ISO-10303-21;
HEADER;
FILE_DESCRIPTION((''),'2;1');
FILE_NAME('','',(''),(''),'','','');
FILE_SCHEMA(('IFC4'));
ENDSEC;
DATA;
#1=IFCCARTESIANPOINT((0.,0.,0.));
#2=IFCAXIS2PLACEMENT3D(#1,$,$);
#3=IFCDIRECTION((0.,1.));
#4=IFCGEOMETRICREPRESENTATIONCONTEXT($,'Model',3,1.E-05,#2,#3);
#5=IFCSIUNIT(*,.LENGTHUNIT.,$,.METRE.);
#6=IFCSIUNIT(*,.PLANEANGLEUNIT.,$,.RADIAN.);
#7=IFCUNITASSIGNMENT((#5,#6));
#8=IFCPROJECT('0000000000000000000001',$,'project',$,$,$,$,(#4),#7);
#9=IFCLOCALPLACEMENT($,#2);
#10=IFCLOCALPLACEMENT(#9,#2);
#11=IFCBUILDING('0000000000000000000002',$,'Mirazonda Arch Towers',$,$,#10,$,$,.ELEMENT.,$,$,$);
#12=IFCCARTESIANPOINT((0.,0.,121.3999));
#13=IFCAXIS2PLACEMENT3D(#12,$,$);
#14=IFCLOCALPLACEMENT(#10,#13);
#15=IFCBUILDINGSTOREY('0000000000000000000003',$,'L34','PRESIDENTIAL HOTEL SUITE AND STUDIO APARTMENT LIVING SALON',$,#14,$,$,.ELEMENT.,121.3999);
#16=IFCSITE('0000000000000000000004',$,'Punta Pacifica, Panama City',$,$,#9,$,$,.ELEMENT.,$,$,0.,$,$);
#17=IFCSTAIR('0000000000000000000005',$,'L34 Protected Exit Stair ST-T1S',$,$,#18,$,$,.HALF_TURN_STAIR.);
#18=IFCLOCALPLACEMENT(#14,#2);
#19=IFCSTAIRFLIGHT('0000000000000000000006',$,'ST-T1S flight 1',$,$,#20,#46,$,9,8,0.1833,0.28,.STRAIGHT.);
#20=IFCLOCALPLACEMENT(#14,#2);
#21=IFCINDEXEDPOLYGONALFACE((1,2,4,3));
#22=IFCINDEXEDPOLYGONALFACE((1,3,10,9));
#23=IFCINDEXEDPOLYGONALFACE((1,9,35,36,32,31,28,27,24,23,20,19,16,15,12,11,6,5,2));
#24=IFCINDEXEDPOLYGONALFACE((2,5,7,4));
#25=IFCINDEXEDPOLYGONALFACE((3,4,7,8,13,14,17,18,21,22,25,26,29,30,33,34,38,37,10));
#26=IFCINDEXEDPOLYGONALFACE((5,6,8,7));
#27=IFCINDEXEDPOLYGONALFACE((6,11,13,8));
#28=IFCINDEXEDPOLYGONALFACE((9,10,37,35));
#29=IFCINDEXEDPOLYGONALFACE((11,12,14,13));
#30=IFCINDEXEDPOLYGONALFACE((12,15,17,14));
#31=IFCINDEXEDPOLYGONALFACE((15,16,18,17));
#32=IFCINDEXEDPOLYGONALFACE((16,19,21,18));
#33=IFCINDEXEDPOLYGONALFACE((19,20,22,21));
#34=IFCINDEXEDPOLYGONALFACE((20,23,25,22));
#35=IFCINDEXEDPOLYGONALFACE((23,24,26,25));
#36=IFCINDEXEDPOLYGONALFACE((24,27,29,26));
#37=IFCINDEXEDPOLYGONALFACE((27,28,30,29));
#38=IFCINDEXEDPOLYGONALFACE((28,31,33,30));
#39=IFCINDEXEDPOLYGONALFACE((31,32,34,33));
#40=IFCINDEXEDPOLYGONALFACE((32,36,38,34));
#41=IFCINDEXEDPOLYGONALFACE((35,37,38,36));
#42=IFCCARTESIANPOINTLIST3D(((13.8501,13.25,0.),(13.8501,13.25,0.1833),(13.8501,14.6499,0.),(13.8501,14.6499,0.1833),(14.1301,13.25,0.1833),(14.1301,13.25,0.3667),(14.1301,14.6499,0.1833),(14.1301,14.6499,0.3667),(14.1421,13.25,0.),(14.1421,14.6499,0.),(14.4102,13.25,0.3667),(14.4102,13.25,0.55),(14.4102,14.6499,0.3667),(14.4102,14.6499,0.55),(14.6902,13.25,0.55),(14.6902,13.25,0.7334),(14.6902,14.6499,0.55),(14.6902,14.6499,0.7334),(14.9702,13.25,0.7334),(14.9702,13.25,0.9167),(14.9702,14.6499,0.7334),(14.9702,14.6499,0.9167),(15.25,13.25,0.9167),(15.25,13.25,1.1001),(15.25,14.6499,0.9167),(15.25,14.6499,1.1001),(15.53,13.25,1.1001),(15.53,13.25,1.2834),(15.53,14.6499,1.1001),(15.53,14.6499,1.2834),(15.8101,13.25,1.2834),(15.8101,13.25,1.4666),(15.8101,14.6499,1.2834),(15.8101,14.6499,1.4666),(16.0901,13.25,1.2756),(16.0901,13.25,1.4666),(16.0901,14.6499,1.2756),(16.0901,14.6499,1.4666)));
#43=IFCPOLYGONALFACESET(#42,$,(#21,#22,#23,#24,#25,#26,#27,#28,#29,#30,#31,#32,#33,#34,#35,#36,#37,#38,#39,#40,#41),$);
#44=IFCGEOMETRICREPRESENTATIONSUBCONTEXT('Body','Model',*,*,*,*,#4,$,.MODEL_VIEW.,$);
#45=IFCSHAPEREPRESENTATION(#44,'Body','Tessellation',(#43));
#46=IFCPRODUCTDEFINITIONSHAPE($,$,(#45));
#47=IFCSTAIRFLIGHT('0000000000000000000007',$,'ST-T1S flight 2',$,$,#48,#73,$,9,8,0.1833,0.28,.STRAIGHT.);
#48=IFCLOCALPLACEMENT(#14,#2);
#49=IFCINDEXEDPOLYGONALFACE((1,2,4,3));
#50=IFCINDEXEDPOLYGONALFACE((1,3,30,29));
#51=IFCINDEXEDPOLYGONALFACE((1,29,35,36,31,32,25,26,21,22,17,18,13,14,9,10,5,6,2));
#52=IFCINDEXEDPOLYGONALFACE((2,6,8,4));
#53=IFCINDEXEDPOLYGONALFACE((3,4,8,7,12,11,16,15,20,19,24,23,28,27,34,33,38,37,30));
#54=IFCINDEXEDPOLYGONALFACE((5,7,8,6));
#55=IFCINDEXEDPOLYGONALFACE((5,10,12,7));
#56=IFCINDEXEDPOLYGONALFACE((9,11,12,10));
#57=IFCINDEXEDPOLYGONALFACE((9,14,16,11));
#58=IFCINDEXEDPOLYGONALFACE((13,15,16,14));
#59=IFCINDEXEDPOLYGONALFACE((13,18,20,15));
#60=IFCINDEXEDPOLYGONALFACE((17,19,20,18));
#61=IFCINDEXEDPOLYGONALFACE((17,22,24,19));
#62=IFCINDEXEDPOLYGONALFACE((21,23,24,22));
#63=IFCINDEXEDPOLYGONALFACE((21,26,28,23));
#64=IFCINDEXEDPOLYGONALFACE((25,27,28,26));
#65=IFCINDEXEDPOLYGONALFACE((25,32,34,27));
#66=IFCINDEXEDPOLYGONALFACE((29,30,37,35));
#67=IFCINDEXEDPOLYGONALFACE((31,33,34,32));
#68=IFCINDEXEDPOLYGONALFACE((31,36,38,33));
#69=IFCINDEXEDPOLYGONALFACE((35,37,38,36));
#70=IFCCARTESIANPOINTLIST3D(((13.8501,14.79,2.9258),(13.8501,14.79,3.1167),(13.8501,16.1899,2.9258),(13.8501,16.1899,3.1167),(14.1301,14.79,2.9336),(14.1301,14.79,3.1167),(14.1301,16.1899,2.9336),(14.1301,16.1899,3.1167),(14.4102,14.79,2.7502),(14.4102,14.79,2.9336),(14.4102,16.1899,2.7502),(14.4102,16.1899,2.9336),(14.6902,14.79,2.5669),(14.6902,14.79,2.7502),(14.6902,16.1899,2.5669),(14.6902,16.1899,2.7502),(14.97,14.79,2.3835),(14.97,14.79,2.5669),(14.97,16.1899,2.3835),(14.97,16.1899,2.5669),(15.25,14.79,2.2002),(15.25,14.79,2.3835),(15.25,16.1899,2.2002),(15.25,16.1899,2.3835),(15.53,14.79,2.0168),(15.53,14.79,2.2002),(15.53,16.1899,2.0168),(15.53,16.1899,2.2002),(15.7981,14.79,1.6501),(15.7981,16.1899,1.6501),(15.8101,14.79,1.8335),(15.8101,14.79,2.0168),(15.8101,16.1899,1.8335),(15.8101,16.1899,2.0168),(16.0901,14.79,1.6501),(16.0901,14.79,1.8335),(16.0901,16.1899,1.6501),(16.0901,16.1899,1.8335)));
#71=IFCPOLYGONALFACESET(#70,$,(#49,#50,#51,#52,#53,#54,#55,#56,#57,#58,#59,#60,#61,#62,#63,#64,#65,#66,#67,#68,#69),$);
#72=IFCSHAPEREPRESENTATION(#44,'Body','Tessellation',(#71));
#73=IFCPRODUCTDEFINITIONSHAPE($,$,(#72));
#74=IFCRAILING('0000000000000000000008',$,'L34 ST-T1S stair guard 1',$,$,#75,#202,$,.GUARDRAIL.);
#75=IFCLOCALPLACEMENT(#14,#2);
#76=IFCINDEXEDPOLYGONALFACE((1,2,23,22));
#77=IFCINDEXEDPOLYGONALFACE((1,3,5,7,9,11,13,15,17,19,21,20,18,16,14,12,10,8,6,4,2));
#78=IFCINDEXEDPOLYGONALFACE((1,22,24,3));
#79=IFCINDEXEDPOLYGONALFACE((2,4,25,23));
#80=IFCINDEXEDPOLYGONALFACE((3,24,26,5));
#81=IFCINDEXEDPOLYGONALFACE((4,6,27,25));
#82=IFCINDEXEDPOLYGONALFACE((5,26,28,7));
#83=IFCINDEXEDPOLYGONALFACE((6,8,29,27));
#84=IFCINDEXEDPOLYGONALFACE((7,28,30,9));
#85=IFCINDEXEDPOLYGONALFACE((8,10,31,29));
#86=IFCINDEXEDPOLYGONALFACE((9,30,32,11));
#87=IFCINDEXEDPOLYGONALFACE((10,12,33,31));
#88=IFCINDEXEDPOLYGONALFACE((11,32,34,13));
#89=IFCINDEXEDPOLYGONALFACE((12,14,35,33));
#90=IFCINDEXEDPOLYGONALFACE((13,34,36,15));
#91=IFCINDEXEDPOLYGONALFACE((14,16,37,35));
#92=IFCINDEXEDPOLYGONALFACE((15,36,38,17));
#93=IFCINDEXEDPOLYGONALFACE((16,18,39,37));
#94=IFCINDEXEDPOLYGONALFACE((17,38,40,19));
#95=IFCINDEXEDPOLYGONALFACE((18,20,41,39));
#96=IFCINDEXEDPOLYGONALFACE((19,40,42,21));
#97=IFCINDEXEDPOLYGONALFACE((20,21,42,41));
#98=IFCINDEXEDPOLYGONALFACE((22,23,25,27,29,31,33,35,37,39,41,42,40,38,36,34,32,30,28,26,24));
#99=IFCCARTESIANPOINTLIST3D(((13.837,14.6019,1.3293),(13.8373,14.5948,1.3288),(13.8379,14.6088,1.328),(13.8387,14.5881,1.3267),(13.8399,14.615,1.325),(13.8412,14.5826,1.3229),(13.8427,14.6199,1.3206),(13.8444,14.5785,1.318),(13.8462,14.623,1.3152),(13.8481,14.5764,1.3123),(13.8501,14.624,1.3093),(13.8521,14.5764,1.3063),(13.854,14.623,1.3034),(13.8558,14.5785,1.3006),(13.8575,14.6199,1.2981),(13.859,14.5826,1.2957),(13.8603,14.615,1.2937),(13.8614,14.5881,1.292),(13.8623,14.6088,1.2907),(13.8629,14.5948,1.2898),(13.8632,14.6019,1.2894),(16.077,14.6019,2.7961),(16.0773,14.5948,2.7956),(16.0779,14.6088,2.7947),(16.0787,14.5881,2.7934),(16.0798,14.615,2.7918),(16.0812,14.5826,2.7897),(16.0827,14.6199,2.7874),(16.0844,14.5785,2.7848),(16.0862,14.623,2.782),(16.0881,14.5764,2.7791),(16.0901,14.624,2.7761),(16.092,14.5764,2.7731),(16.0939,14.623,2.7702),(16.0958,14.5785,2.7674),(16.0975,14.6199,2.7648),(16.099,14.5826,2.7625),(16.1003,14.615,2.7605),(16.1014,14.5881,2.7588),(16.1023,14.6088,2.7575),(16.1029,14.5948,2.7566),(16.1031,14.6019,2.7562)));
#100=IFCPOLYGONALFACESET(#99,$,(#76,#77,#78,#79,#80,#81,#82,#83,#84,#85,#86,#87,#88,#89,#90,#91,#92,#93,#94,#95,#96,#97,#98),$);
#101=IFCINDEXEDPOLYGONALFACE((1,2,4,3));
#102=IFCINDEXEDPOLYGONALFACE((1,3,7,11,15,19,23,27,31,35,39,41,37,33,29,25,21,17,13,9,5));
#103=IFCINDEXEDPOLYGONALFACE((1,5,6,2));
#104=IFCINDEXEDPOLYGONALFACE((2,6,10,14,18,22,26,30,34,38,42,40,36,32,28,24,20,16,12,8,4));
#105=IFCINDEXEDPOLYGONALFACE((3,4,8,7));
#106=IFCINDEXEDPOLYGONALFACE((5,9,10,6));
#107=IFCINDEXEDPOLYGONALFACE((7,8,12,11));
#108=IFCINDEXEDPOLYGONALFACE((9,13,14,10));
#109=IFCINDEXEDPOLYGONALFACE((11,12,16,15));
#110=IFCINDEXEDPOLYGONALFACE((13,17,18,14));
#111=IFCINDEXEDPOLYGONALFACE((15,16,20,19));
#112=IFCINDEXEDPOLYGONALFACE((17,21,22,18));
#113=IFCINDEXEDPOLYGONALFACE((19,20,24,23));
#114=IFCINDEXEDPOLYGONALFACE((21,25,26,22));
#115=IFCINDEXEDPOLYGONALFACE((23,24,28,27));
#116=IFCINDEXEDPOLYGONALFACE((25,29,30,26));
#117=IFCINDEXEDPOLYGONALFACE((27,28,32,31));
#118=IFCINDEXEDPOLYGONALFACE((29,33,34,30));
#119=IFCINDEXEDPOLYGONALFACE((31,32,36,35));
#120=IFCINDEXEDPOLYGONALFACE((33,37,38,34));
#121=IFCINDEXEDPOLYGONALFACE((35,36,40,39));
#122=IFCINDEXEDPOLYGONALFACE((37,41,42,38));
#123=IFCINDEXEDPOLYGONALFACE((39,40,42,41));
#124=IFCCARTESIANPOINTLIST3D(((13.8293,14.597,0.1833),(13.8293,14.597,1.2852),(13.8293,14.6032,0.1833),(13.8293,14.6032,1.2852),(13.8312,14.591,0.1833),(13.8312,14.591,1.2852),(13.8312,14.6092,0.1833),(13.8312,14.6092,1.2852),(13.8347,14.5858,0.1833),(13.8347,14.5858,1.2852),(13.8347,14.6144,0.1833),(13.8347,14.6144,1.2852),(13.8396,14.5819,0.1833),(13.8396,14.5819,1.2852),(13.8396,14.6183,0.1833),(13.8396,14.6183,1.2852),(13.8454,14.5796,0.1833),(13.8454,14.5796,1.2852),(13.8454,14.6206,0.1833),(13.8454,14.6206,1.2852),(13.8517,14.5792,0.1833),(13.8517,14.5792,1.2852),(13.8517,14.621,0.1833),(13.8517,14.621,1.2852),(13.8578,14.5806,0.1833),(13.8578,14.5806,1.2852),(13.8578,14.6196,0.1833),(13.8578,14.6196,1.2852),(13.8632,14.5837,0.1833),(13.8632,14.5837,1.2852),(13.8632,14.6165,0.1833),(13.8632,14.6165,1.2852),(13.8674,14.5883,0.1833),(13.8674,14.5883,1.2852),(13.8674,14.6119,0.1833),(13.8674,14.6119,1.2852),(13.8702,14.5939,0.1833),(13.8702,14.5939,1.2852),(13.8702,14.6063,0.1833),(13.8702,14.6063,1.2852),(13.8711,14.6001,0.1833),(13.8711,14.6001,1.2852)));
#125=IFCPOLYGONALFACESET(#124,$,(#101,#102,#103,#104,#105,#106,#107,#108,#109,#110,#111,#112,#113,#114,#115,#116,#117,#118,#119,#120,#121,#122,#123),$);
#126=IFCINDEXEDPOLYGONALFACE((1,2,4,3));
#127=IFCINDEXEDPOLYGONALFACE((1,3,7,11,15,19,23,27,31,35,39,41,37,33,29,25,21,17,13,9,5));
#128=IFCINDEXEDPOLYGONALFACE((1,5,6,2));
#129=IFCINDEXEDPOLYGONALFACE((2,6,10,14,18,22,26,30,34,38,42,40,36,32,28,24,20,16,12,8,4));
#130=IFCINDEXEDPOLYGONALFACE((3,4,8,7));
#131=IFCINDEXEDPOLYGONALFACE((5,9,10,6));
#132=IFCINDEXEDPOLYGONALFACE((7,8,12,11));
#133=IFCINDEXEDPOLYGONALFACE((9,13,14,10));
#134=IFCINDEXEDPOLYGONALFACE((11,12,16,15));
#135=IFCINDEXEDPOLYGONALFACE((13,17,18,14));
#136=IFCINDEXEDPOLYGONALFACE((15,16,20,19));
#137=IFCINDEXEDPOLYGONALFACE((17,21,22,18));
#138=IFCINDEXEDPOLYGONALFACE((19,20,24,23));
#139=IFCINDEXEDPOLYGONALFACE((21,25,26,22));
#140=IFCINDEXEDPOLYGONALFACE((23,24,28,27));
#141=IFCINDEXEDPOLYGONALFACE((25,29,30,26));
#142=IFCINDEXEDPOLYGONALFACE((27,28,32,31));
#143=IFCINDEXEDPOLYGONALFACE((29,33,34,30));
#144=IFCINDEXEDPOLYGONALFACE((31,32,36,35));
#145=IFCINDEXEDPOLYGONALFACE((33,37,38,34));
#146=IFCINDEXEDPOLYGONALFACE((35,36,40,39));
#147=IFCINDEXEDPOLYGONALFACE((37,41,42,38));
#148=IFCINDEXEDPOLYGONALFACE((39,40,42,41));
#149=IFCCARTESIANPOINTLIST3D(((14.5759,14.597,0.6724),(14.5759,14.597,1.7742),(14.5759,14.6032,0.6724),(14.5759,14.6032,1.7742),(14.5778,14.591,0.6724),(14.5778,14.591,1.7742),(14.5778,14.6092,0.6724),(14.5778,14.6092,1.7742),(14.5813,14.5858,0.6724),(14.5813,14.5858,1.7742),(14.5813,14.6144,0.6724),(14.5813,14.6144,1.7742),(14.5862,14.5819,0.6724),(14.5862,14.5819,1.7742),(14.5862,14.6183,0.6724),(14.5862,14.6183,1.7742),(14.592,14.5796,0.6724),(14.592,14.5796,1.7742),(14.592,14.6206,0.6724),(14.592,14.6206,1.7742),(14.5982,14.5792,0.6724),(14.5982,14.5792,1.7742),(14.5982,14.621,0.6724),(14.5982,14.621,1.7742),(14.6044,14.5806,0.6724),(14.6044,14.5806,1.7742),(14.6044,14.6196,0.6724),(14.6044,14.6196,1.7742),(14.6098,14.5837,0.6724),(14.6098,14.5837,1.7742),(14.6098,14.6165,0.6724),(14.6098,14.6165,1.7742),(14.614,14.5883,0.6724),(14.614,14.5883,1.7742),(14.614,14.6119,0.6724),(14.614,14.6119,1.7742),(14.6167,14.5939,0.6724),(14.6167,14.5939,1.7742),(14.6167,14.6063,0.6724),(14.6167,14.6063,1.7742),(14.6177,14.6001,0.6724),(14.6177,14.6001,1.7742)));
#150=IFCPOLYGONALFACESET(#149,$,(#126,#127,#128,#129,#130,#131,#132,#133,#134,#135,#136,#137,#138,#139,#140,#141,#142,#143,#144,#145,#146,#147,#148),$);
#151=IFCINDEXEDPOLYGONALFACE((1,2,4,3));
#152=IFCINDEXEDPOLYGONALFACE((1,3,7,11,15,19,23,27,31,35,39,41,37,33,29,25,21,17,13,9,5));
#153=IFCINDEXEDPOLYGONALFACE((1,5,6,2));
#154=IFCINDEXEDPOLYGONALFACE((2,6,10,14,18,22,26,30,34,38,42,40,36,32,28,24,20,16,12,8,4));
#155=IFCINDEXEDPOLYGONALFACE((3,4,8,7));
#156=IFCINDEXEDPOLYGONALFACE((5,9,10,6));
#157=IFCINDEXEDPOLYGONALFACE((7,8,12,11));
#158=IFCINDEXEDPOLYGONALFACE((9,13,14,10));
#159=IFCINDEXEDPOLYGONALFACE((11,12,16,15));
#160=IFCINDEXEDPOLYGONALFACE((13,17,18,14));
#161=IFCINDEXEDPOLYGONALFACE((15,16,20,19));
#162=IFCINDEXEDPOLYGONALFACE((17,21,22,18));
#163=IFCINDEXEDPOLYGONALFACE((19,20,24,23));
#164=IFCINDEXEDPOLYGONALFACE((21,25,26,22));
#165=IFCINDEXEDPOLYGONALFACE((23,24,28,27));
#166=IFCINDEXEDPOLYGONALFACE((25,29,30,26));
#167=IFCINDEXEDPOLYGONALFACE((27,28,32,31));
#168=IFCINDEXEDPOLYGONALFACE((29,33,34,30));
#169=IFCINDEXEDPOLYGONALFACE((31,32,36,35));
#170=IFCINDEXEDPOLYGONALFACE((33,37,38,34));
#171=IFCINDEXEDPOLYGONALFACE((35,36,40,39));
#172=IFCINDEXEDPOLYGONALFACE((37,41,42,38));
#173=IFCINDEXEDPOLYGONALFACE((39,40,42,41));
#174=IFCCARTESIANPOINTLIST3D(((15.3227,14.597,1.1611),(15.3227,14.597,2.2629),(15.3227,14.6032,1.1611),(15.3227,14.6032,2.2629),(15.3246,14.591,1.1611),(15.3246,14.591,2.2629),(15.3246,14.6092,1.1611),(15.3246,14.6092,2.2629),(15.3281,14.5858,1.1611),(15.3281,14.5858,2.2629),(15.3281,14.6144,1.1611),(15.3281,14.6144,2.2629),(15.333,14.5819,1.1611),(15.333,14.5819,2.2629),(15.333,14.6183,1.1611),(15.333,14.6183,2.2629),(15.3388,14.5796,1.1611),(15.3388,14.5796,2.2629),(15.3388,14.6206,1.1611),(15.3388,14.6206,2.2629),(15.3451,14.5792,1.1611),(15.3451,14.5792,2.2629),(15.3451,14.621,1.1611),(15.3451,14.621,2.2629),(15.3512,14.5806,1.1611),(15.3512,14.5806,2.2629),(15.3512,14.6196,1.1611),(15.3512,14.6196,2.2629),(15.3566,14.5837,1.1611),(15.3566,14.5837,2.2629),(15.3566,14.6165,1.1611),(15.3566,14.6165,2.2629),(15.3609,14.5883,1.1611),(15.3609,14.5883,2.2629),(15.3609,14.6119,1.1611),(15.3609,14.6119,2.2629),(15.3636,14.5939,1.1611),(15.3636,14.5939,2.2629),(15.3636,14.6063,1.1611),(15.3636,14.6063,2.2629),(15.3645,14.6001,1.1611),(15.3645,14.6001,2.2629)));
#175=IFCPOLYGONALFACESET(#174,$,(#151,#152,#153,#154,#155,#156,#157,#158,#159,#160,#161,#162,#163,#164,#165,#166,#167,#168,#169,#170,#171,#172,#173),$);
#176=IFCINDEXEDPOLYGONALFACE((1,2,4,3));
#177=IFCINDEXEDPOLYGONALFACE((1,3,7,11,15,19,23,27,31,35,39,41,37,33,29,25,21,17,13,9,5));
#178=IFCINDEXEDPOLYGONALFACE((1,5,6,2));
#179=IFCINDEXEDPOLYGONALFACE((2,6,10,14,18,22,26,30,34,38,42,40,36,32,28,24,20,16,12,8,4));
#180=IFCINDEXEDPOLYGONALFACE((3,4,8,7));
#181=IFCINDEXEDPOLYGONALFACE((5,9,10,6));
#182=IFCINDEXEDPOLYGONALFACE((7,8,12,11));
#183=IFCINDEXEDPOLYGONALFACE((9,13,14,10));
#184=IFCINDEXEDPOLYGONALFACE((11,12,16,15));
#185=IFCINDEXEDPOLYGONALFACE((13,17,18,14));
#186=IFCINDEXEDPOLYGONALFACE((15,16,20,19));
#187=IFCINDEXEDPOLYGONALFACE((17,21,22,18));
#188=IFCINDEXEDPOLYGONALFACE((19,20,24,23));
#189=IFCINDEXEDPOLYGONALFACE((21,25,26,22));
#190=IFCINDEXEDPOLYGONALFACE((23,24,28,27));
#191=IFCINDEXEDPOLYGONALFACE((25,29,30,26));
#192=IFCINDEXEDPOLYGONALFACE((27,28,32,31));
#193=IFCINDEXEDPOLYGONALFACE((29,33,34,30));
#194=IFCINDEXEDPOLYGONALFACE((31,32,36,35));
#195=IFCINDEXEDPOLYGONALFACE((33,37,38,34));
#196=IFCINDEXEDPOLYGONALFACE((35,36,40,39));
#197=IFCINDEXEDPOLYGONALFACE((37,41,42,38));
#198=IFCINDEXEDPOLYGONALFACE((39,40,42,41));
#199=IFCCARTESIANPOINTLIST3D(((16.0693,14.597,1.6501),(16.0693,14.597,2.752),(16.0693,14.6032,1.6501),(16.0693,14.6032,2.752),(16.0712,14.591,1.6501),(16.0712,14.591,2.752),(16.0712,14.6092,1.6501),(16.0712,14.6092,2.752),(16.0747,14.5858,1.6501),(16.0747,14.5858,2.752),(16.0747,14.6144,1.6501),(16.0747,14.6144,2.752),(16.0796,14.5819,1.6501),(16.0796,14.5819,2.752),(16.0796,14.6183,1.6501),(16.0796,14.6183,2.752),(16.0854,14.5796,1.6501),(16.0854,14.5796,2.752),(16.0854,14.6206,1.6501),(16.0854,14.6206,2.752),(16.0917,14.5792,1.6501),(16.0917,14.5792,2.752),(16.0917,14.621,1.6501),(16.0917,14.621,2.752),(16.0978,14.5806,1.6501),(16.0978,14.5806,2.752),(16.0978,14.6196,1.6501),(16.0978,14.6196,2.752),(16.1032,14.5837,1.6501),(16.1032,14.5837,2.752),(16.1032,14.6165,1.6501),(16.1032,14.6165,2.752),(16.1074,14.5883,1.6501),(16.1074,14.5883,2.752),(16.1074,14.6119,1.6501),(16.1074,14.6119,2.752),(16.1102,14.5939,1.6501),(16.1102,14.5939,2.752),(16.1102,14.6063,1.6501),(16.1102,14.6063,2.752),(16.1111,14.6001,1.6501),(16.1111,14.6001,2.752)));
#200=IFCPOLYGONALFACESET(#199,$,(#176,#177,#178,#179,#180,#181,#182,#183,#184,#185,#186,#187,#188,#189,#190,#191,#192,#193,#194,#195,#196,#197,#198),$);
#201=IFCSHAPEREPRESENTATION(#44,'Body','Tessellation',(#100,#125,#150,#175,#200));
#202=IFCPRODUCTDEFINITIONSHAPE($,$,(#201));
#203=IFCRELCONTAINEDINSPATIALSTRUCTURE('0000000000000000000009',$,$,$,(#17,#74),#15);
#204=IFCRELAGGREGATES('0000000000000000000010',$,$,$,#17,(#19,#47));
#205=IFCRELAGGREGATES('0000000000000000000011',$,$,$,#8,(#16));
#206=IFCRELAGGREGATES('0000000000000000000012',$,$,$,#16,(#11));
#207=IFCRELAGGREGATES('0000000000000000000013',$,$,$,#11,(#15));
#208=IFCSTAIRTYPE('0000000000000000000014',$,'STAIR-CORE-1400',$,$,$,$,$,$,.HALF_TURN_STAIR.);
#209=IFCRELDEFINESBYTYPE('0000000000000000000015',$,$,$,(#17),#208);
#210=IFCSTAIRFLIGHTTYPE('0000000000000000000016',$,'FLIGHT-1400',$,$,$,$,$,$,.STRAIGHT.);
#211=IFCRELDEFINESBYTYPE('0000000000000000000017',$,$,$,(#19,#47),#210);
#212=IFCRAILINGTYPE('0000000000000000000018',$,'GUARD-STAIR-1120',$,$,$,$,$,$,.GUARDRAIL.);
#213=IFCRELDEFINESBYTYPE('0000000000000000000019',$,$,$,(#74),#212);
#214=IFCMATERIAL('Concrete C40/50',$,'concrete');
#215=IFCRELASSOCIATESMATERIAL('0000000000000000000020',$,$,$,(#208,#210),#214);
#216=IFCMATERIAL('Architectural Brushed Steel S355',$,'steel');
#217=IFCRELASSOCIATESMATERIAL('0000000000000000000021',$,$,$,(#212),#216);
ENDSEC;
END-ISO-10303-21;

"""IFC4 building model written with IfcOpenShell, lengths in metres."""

from ifc_helpers import new_model, si_unit, direction, frame, origin, origin_2d, place, context, subcontext, project, spatial, polyline, circle, outline, extrude, material, type_object, element, aggregate, save


model = new_model("IFC4")

# Units and contexts
model_context = context("Model", 3, precision=1e-05, world=origin(), true_north=direction((0.0, 1.0)))
body_context = subcontext(model_context, "Body", "Model", "MODEL_VIEW")
ifc_project = project(units=[si_unit("LENGTHUNIT", "METRE"), si_unit("PLANEANGLEUNIT", "RADIAN")], contexts=[model_context])

# Site, building, storey
site_placement = place(None, origin())
site = spatial("IfcSite", under=ifc_project, at=site_placement, Name="Punta Pacifica, Panama City", CompositionType="ELEMENT", RefElevation=0.0)
building_placement = place(site_placement, origin())
building = spatial("IfcBuilding", under=site, at=building_placement, Name="Mirazonda Arch Towers", CompositionType="ELEMENT")
storey_placement = place(building_placement, frame((0.0, 0.0, 121.3999)))
storey = spatial("IfcBuildingStorey", under=building, at=storey_placement, Name="L34", Description="PRESIDENTIAL HOTEL SUITE AND STUDIO APARTMENT LIVING SALON", CompositionType="ELEMENT", Elevation=121.3999)

# Shared definitions
ifc_material_1 = material(Name="Architectural Brushed Steel S355", Category="steel")

# Shared definitions
ifc_material_2 = material(Name="Concrete C40/50", Category="concrete")

# Stair, stair flights
stair_type = type_object("IfcStairType", Name="STAIR-CORE-1400", PredefinedType="HALF_TURN_STAIR", material=ifc_material_2)
stair_placement = place(storey_placement, origin())
stair = element("IfcStair", 1, at=stair_placement, inside=storey, type_object=stair_type, Name="L34 Protected Exit Stair ST-T1S", PredefinedType="HALF_TURN_STAIR")
stair_flight_type = type_object("IfcStairFlightType", Name="FLIGHT-1400", PredefinedType="STRAIGHT", material=ifc_material_2)
stair_flight_1_placement = place(storey_placement, frame((13.8501, 13.95, 0.0), z_axis=(0.0, 0.0, 1.0), x_axis=(1.0, 0.0, 0.0)))
stair_flight_1 = element("IfcStairFlight", 2, at=stair_flight_1_placement, type_object=stair_flight_type, Name="ST-T1S flight 1", NumberOfRisers=9, NumberOfTreads=8, PredefinedType="STRAIGHT", RiserHeight=0.1833, TreadLength=0.28, context=body_context, shape_type="SweptSolid", body=[
    extrude(outline(polyline([(0.0, 0.0), (0.0, 0.1833), (0.28, 0.1833), (0.28, 0.3667), (0.5601, 0.3667), (0.5601, 0.55), (0.8401, 0.55), (0.8401, 0.7334), (1.1201, 0.7334), (1.1201, 0.9167), (1.3999, 0.9167), (1.3999, 1.1001), (1.6799, 1.1001), (1.6799, 1.2834), (1.96, 1.2834), (1.96, 1.4666), (2.24, 1.4666), (2.24, 1.6499), (2.24, 1.2756), (0.292, 0.0), (0.0, 0.0)])), frame((0.0, 0.7, 0.0), z_axis=(0.0, -1.0, 0.0), x_axis=(1.0, 0.0, 0.0)), (0.0, 0.0, 1.0), 1.3999),
])
stair_flight_2_placement = place(storey_placement, frame((16.0901, 15.49, 1.6501), z_axis=(0.0, 0.0, 1.0), x_axis=(-1.0, 0.0, 0.0)))
stair_flight_2 = element("IfcStairFlight", 3, at=stair_flight_2_placement, type_object=stair_flight_type, Name="ST-T1S flight 2", NumberOfRisers=9, NumberOfTreads=8, PredefinedType="STRAIGHT", RiserHeight=0.1833, TreadLength=0.28, context=body_context, shape_type="SweptSolid", body=[
    extrude(outline(polyline([(0.0, 0.0), (0.0, 0.1833), (0.28, 0.1833), (0.28, 0.3667), (0.5601, 0.3667), (0.5601, 0.55), (0.8401, 0.55), (0.8401, 0.7334), (1.1201, 0.7334), (1.1201, 0.9167), (1.3999, 0.9167), (1.3999, 1.1001), (1.6799, 1.1001), (1.6799, 1.2834), (1.96, 1.2834), (1.96, 1.4666), (2.24, 1.4666), (2.24, 1.6499), (2.24, 1.2756), (0.292, 0.0), (0.0, 0.0)])), frame((0.0, 0.7, 0.0), z_axis=(0.0, -1.0, 0.0), x_axis=(1.0, 0.0, 0.0)), (0.0, 0.0, 1.0), 1.3999),
])
aggregate(stair, [stair_flight_1, stair_flight_2])

# Railing
railing_type_1 = type_object("IfcRailingType", Name="GUARD-STAIR-1120", PredefinedType="GUARDRAIL", material=ifc_material_1)
railing_1_placement = place(storey_placement, frame((13.8501, 14.6001, 0.1833)))
element("IfcRailing", 4, at=railing_1_placement, inside=storey, type_object=railing_type_1, Name="L34 ST-T1S stair guard 1", PredefinedType="GUARDRAIL", context=body_context, shape_type="SweptSolid", body=[
    extrude(circle(Radius=0.0239, at=origin_2d()), frame((0.0, 0.0, 1.126), z_axis=(0.836595, 0.0, 0.547822), x_axis=(0.0, 1.0, 0.0)), (0.0, 0.0, 1.0), 2.6775),
    extrude(circle(Radius=0.021, at=origin_2d()), origin(), (0.0, 0.0, 1.0), 1.1018),
    extrude(circle(Radius=0.021, at=origin_2d()), frame((0.7466, 0.0, 0.489)), (0.0, 0.0, 1.0), 1.1018),
    extrude(circle(Radius=0.021, at=origin_2d()), frame((1.4934, 0.0, 0.9778)), (0.0, 0.0, 1.0), 1.1018),
    extrude(circle(Radius=0.021, at=origin_2d()), frame((2.24, 0.0, 1.4668)), (0.0, 0.0, 1.0), 1.1018),
])

save(model, "model.ifc")
